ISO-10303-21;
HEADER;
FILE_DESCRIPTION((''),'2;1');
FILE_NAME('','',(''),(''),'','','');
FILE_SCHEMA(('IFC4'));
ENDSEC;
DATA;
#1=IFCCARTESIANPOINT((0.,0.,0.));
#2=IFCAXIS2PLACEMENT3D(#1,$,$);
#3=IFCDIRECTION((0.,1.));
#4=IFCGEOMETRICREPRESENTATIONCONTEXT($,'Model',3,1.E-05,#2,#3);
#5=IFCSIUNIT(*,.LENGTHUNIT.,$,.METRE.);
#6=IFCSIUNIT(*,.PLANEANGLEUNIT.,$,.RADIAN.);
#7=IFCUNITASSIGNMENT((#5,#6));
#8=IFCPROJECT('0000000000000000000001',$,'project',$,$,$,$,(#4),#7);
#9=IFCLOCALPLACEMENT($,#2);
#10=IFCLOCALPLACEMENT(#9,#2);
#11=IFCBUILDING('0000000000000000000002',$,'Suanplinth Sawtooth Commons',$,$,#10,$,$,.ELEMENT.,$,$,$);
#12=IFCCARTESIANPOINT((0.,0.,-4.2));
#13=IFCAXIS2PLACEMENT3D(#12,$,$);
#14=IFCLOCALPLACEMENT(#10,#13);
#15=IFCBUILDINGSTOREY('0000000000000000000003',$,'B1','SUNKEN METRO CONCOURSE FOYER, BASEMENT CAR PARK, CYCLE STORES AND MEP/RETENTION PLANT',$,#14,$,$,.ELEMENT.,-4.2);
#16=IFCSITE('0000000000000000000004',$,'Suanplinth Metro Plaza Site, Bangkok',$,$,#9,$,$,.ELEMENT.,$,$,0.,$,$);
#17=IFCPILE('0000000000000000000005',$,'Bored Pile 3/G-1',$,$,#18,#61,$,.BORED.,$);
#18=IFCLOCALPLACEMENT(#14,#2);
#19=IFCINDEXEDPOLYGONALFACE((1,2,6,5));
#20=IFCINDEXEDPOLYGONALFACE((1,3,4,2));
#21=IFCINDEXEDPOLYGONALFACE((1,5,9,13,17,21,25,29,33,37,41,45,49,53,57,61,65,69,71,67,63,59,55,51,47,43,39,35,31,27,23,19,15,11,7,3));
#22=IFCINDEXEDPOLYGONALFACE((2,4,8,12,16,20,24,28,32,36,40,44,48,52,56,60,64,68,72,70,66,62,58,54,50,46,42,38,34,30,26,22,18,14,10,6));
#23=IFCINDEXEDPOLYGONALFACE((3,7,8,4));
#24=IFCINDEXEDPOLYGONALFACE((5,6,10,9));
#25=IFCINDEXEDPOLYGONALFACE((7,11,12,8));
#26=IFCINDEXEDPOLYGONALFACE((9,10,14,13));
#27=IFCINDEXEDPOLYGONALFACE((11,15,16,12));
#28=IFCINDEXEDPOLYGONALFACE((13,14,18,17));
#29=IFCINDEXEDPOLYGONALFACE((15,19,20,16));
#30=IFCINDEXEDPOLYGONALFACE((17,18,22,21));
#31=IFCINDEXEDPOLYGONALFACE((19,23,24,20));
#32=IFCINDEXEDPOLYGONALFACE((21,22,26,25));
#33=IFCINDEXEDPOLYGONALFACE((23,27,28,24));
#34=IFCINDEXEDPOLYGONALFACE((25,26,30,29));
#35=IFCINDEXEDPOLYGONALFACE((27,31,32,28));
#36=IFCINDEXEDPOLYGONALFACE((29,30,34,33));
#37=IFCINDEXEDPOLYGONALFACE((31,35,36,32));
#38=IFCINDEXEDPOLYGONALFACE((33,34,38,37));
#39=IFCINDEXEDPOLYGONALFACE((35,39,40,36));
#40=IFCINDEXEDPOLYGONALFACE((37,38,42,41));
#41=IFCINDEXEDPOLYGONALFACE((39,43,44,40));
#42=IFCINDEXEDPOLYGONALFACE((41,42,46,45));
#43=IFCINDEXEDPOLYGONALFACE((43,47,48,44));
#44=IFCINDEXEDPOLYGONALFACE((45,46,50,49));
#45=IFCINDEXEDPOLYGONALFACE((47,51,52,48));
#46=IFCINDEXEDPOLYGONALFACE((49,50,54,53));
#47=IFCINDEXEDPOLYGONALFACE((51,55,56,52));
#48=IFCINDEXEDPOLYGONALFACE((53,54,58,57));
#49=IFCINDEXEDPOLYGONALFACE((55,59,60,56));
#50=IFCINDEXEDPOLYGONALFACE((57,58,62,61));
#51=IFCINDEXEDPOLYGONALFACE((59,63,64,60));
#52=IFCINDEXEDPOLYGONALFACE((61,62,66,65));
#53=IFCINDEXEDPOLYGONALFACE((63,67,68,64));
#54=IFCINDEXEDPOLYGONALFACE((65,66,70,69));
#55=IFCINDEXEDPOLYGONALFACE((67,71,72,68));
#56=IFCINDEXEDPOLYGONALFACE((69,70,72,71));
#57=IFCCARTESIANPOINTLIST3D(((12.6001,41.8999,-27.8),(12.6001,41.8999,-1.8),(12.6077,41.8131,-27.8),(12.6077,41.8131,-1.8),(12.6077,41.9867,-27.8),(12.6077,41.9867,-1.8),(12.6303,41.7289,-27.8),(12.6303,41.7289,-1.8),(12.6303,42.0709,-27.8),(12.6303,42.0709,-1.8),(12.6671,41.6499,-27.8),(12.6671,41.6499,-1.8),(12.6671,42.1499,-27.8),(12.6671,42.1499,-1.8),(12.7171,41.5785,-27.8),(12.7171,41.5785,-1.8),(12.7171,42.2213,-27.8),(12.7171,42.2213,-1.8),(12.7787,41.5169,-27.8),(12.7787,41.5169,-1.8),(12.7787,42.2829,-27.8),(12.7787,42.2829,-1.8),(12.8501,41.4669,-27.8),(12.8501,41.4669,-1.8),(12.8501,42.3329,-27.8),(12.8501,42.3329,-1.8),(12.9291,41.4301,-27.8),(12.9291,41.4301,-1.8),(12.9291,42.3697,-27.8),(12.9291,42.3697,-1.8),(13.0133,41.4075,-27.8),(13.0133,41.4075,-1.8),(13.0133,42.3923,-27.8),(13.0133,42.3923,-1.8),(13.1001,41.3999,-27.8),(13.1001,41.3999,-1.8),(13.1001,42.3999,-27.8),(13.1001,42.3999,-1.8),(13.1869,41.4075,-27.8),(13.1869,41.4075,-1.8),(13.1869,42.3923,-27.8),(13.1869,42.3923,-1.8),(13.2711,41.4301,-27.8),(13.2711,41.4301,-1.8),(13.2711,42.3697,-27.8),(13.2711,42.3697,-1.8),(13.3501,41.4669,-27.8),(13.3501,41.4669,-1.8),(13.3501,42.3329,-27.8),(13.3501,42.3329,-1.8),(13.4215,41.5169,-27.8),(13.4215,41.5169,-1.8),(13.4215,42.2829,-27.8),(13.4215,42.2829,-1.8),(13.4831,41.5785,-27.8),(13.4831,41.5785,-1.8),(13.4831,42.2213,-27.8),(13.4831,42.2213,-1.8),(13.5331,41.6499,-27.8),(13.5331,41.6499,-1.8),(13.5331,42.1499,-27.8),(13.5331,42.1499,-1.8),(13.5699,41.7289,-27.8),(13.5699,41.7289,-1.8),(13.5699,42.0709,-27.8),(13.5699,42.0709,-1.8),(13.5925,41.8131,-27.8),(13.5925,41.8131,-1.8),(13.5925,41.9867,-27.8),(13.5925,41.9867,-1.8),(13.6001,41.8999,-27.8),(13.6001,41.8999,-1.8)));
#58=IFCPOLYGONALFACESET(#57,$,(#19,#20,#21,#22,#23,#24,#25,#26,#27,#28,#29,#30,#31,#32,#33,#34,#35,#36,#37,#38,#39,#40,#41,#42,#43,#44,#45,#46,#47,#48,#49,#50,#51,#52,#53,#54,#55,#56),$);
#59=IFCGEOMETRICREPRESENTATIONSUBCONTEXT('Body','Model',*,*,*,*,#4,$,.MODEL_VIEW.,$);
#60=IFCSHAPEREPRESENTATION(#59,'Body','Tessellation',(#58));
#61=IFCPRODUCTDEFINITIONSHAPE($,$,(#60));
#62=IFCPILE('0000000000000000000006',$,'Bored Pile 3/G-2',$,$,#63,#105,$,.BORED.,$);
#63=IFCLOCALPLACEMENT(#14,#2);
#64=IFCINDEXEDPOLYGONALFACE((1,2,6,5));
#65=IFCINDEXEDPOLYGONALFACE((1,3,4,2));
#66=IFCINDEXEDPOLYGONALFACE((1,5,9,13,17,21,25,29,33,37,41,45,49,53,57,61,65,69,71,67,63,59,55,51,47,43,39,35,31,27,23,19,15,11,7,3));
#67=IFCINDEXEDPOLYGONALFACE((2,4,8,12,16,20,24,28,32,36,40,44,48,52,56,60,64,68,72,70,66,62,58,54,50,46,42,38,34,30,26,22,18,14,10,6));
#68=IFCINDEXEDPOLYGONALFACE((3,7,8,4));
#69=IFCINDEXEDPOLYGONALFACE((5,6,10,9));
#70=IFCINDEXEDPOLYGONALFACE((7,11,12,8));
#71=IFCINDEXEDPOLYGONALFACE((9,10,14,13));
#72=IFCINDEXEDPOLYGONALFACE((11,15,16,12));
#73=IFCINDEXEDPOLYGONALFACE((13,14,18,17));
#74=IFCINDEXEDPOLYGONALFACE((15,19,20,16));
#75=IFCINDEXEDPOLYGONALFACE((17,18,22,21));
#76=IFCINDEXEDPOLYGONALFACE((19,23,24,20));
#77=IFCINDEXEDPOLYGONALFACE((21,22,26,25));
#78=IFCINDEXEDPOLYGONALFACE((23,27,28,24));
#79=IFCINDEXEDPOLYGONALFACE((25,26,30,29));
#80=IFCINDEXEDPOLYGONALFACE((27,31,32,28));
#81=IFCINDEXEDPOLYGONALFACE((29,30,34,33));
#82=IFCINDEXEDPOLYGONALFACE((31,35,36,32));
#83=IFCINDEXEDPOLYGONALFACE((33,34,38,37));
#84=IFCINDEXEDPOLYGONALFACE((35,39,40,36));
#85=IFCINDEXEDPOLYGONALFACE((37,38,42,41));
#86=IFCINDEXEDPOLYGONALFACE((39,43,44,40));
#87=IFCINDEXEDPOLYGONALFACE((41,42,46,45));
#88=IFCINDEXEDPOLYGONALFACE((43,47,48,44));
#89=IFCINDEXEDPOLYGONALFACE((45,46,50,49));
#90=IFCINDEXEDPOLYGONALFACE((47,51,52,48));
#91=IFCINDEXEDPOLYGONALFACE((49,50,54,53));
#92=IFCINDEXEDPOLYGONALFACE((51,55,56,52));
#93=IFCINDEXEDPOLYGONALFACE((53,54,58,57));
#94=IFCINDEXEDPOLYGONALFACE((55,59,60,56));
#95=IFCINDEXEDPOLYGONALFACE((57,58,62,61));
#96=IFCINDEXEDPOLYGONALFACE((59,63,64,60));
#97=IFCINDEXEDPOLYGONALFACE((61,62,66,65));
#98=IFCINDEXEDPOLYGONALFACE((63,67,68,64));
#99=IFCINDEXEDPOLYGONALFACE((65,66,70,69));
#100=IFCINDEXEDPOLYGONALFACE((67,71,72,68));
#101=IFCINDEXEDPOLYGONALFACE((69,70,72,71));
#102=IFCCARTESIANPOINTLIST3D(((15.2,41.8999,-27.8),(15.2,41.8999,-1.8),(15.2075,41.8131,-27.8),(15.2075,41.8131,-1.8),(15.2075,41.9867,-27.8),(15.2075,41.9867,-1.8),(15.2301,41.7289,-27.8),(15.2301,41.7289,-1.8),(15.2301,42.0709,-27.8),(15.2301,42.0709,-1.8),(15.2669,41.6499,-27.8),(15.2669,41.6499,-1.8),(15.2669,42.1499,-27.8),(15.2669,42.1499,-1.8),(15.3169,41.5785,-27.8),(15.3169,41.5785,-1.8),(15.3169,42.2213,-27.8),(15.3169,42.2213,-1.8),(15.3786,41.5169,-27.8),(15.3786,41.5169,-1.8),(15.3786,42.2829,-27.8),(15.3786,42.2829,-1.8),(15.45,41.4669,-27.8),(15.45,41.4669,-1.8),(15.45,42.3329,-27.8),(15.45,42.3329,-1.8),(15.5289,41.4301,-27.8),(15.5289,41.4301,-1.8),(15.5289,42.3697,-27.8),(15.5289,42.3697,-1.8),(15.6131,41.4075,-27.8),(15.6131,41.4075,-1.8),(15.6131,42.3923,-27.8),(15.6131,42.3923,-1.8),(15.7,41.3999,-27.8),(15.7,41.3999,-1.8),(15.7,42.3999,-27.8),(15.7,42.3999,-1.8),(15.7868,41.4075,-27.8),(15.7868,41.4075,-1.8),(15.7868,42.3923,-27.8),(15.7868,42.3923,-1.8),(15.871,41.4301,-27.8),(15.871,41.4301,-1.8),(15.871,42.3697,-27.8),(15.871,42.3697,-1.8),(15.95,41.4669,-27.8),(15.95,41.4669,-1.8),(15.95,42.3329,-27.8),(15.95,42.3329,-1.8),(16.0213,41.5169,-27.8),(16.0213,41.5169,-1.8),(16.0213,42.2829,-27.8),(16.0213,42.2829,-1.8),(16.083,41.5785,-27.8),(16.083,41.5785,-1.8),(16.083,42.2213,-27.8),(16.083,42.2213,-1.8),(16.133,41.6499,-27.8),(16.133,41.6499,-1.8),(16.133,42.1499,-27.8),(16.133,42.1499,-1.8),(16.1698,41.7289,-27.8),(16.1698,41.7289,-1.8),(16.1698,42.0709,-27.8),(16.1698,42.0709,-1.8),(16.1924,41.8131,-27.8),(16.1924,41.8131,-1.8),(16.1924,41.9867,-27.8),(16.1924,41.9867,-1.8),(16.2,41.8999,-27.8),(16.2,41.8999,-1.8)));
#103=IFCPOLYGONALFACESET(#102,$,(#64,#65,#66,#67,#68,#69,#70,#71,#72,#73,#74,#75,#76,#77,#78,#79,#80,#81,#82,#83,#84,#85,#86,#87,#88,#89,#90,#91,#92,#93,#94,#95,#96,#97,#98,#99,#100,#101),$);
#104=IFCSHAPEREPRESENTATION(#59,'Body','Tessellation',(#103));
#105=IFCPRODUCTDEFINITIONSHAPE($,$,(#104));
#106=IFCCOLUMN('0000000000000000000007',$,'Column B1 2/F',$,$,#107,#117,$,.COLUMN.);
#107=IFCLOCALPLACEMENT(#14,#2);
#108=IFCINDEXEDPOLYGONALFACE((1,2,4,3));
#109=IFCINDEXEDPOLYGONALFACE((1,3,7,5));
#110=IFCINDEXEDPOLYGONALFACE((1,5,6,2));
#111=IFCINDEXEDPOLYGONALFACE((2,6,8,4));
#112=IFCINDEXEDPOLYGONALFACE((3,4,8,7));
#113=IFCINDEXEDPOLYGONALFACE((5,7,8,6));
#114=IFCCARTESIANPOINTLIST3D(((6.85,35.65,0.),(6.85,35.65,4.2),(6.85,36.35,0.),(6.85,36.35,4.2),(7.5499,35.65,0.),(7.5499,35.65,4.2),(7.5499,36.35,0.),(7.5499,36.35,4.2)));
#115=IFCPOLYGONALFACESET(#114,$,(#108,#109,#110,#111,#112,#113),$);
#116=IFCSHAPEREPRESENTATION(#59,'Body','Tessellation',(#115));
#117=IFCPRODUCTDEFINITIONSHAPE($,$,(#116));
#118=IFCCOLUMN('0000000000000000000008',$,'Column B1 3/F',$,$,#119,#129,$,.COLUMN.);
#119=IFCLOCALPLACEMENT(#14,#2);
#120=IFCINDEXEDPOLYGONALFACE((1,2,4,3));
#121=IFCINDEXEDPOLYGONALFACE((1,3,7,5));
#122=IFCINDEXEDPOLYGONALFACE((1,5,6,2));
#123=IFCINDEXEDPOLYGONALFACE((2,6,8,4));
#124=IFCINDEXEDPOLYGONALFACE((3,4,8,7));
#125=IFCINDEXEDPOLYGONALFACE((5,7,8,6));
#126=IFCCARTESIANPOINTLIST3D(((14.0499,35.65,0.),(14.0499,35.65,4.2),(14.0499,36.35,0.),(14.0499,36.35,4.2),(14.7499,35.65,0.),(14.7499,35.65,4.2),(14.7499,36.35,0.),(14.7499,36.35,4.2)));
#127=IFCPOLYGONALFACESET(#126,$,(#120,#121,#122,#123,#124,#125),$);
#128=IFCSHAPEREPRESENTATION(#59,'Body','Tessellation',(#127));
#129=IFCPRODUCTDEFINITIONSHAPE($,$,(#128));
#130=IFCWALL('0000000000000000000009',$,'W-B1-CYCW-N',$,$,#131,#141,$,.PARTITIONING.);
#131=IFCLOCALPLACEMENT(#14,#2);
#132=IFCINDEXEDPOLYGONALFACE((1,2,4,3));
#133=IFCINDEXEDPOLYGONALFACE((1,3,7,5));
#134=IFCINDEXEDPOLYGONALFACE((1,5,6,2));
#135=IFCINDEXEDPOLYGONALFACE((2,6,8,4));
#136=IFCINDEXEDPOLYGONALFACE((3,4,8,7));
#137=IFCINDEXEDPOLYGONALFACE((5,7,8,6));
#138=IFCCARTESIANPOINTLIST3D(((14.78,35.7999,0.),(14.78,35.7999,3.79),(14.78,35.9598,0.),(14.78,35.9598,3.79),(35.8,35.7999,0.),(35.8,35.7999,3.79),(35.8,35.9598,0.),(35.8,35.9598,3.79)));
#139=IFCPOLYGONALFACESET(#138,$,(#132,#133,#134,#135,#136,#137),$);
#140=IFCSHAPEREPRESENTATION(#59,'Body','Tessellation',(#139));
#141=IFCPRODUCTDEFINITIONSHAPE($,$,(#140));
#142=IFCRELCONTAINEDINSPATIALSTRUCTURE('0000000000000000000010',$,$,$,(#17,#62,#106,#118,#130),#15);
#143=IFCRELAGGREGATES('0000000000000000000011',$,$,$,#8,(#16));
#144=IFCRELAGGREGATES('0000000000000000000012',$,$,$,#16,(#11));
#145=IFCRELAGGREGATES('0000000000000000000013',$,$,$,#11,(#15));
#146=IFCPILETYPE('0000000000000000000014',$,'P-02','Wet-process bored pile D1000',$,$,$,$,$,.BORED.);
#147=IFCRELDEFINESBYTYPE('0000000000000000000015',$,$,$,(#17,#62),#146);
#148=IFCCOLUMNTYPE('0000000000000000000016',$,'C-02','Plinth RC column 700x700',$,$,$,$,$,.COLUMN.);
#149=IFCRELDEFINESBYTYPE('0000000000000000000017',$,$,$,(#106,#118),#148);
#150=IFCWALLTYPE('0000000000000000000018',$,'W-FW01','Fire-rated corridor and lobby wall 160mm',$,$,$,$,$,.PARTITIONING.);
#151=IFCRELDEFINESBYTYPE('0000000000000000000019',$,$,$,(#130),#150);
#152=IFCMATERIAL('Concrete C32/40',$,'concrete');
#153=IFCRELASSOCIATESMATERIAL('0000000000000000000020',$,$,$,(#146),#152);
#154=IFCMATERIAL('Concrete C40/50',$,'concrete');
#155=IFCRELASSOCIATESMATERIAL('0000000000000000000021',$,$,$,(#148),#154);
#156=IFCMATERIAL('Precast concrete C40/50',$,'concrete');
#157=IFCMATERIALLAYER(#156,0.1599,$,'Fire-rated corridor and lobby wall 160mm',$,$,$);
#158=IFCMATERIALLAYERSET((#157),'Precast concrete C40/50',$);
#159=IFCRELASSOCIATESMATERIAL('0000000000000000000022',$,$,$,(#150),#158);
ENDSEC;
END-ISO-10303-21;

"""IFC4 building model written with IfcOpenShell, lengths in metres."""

from ifc_helpers import new_model, si_unit, direction, frame, frame_2d, origin, origin_2d, place, context, subcontext, project, spatial, rectangle, circle, extrude, material, layer, layer_set, material_profile, profile_set, type_object, element, save


model = new_model("IFC4")

# Units and contexts
model_context = context("Model", 3, precision=1e-05, world=origin(), true_north=direction((0.0, 1.0)))
body_context = subcontext(model_context, "Body", "Model", "MODEL_VIEW")
ifc_project = project(units=[si_unit("LENGTHUNIT", "METRE"), si_unit("PLANEANGLEUNIT", "RADIAN")], contexts=[model_context])

# Site, building, storey
site_placement = place(None, origin())
site = spatial("IfcSite", under=ifc_project, at=site_placement, Name="Suanplinth Metro Plaza Site, Bangkok", CompositionType="ELEMENT", RefElevation=0.0)
building_placement = place(site_placement, origin())
building = spatial("IfcBuilding", under=site, at=building_placement, Name="Suanplinth Sawtooth Commons", CompositionType="ELEMENT")
storey_placement = place(building_placement, frame((0.0, 0.0, -4.2)))
storey = spatial("IfcBuildingStorey", under=building, at=storey_placement, Name="B1", Description="SUNKEN METRO CONCOURSE FOYER, BASEMENT CAR PARK, CYCLE STORES AND MEP/RETENTION PLANT", CompositionType="ELEMENT", Elevation=-4.2)

# Piles
ifc_material_1 = material(Name="Concrete C32/40", Category="concrete")
ifc_material_profile_1 = material_profile(ifc_material_1, circle(Radius=0.5, at=origin_2d()), Name="PILE D1000")
ifc_profile_set_1 = profile_set([ifc_material_profile_1], Name="Concrete C32/40")
pile_type = type_object("IfcPileType", Name="P-02", Description="Wet-process bored pile D1000", PredefinedType="BORED", material=ifc_profile_set_1)
for number, where, z_axis, x_axis, name in (
    (1, (13.1001, 41.8999, -1.8), (0.0, 0.0, -1.0), (1.0, 0.0, 0.0), "Bored Pile 3/G-1"),
    (2, (15.7, 41.8999, -1.8), (0.0, 0.0, -1.0), (1.0, 0.0, 0.0), "Bored Pile 3/G-2"),
):
    element("IfcPile", number, at=place(storey_placement, frame(where, z_axis=z_axis, x_axis=x_axis)), inside=storey, type_object=pile_type, Name=name, PredefinedType="BORED", context=body_context, shape_type="SweptSolid", body=[
        extrude(circle(Radius=0.5, at=origin_2d()), origin(), (0.0, 0.0, 1.0), 26.0),
    ])

# Columns
ifc_material_2 = material(Name="Concrete C40/50", Category="concrete")
ifc_material_profile_2 = material_profile(ifc_material_2, rectangle(XDim=0.7, YDim=0.7, at=origin_2d()), Name="RC-COL 700x700")
ifc_profile_set_2 = profile_set([ifc_material_profile_2], Name="Concrete C40/50")
column_type = type_object("IfcColumnType", Name="C-02", Description="Plinth RC column 700x700", PredefinedType="COLUMN", material=ifc_profile_set_2)
for number, where, z_axis, x_axis, name in (
    (3, (7.2, 36.0, 0.0), (0.0, 0.0, 1.0), (1.0, 0.0, 0.0), "Column B1 2/F"),
    (4, (14.3999, 36.0, 0.0), (0.0, 0.0, 1.0), (1.0, 0.0, 0.0), "Column B1 3/F"),
):
    element("IfcColumn", number, at=place(storey_placement, frame(where, z_axis=z_axis, x_axis=x_axis)), inside=storey, type_object=column_type, Name=name, PredefinedType="COLUMN", context=body_context, shape_type="SweptSolid", body=[
        extrude(rectangle(XDim=0.7, YDim=0.7, at=origin_2d()), origin(), (0.0, 0.0, 1.0), 4.2),
    ])

# Wall
ifc_material_3 = material(Name="Precast concrete C40/50", Category="concrete")
ifc_layer = layer(ifc_material_3, 0.1599, Name="Fire-rated corridor and lobby wall 160mm")
ifc_layer_set = layer_set([ifc_layer], Name="Precast concrete C40/50")
wall_type = type_object("IfcWallType", Name="W-FW01", Description="Fire-rated corridor and lobby wall 160mm", PredefinedType="PARTITIONING", material=ifc_layer_set)
wall_placement = place(storey_placement, frame((14.78, 35.8799, 0.0), z_axis=(0.0, 0.0, 1.0), x_axis=(1.0, 0.0, 0.0)))
element("IfcWall", 5, at=wall_placement, inside=storey, type_object=wall_type, Name="W-B1-CYCW-N", PredefinedType="PARTITIONING", context=body_context, shape_type="SweptSolid", body=[
    extrude(rectangle(XDim=21.02, YDim=0.1599, at=frame_2d((10.51, 0.0))), origin(), (0.0, 0.0, 1.0), 3.79),
])

save(model, "model.ifc")
